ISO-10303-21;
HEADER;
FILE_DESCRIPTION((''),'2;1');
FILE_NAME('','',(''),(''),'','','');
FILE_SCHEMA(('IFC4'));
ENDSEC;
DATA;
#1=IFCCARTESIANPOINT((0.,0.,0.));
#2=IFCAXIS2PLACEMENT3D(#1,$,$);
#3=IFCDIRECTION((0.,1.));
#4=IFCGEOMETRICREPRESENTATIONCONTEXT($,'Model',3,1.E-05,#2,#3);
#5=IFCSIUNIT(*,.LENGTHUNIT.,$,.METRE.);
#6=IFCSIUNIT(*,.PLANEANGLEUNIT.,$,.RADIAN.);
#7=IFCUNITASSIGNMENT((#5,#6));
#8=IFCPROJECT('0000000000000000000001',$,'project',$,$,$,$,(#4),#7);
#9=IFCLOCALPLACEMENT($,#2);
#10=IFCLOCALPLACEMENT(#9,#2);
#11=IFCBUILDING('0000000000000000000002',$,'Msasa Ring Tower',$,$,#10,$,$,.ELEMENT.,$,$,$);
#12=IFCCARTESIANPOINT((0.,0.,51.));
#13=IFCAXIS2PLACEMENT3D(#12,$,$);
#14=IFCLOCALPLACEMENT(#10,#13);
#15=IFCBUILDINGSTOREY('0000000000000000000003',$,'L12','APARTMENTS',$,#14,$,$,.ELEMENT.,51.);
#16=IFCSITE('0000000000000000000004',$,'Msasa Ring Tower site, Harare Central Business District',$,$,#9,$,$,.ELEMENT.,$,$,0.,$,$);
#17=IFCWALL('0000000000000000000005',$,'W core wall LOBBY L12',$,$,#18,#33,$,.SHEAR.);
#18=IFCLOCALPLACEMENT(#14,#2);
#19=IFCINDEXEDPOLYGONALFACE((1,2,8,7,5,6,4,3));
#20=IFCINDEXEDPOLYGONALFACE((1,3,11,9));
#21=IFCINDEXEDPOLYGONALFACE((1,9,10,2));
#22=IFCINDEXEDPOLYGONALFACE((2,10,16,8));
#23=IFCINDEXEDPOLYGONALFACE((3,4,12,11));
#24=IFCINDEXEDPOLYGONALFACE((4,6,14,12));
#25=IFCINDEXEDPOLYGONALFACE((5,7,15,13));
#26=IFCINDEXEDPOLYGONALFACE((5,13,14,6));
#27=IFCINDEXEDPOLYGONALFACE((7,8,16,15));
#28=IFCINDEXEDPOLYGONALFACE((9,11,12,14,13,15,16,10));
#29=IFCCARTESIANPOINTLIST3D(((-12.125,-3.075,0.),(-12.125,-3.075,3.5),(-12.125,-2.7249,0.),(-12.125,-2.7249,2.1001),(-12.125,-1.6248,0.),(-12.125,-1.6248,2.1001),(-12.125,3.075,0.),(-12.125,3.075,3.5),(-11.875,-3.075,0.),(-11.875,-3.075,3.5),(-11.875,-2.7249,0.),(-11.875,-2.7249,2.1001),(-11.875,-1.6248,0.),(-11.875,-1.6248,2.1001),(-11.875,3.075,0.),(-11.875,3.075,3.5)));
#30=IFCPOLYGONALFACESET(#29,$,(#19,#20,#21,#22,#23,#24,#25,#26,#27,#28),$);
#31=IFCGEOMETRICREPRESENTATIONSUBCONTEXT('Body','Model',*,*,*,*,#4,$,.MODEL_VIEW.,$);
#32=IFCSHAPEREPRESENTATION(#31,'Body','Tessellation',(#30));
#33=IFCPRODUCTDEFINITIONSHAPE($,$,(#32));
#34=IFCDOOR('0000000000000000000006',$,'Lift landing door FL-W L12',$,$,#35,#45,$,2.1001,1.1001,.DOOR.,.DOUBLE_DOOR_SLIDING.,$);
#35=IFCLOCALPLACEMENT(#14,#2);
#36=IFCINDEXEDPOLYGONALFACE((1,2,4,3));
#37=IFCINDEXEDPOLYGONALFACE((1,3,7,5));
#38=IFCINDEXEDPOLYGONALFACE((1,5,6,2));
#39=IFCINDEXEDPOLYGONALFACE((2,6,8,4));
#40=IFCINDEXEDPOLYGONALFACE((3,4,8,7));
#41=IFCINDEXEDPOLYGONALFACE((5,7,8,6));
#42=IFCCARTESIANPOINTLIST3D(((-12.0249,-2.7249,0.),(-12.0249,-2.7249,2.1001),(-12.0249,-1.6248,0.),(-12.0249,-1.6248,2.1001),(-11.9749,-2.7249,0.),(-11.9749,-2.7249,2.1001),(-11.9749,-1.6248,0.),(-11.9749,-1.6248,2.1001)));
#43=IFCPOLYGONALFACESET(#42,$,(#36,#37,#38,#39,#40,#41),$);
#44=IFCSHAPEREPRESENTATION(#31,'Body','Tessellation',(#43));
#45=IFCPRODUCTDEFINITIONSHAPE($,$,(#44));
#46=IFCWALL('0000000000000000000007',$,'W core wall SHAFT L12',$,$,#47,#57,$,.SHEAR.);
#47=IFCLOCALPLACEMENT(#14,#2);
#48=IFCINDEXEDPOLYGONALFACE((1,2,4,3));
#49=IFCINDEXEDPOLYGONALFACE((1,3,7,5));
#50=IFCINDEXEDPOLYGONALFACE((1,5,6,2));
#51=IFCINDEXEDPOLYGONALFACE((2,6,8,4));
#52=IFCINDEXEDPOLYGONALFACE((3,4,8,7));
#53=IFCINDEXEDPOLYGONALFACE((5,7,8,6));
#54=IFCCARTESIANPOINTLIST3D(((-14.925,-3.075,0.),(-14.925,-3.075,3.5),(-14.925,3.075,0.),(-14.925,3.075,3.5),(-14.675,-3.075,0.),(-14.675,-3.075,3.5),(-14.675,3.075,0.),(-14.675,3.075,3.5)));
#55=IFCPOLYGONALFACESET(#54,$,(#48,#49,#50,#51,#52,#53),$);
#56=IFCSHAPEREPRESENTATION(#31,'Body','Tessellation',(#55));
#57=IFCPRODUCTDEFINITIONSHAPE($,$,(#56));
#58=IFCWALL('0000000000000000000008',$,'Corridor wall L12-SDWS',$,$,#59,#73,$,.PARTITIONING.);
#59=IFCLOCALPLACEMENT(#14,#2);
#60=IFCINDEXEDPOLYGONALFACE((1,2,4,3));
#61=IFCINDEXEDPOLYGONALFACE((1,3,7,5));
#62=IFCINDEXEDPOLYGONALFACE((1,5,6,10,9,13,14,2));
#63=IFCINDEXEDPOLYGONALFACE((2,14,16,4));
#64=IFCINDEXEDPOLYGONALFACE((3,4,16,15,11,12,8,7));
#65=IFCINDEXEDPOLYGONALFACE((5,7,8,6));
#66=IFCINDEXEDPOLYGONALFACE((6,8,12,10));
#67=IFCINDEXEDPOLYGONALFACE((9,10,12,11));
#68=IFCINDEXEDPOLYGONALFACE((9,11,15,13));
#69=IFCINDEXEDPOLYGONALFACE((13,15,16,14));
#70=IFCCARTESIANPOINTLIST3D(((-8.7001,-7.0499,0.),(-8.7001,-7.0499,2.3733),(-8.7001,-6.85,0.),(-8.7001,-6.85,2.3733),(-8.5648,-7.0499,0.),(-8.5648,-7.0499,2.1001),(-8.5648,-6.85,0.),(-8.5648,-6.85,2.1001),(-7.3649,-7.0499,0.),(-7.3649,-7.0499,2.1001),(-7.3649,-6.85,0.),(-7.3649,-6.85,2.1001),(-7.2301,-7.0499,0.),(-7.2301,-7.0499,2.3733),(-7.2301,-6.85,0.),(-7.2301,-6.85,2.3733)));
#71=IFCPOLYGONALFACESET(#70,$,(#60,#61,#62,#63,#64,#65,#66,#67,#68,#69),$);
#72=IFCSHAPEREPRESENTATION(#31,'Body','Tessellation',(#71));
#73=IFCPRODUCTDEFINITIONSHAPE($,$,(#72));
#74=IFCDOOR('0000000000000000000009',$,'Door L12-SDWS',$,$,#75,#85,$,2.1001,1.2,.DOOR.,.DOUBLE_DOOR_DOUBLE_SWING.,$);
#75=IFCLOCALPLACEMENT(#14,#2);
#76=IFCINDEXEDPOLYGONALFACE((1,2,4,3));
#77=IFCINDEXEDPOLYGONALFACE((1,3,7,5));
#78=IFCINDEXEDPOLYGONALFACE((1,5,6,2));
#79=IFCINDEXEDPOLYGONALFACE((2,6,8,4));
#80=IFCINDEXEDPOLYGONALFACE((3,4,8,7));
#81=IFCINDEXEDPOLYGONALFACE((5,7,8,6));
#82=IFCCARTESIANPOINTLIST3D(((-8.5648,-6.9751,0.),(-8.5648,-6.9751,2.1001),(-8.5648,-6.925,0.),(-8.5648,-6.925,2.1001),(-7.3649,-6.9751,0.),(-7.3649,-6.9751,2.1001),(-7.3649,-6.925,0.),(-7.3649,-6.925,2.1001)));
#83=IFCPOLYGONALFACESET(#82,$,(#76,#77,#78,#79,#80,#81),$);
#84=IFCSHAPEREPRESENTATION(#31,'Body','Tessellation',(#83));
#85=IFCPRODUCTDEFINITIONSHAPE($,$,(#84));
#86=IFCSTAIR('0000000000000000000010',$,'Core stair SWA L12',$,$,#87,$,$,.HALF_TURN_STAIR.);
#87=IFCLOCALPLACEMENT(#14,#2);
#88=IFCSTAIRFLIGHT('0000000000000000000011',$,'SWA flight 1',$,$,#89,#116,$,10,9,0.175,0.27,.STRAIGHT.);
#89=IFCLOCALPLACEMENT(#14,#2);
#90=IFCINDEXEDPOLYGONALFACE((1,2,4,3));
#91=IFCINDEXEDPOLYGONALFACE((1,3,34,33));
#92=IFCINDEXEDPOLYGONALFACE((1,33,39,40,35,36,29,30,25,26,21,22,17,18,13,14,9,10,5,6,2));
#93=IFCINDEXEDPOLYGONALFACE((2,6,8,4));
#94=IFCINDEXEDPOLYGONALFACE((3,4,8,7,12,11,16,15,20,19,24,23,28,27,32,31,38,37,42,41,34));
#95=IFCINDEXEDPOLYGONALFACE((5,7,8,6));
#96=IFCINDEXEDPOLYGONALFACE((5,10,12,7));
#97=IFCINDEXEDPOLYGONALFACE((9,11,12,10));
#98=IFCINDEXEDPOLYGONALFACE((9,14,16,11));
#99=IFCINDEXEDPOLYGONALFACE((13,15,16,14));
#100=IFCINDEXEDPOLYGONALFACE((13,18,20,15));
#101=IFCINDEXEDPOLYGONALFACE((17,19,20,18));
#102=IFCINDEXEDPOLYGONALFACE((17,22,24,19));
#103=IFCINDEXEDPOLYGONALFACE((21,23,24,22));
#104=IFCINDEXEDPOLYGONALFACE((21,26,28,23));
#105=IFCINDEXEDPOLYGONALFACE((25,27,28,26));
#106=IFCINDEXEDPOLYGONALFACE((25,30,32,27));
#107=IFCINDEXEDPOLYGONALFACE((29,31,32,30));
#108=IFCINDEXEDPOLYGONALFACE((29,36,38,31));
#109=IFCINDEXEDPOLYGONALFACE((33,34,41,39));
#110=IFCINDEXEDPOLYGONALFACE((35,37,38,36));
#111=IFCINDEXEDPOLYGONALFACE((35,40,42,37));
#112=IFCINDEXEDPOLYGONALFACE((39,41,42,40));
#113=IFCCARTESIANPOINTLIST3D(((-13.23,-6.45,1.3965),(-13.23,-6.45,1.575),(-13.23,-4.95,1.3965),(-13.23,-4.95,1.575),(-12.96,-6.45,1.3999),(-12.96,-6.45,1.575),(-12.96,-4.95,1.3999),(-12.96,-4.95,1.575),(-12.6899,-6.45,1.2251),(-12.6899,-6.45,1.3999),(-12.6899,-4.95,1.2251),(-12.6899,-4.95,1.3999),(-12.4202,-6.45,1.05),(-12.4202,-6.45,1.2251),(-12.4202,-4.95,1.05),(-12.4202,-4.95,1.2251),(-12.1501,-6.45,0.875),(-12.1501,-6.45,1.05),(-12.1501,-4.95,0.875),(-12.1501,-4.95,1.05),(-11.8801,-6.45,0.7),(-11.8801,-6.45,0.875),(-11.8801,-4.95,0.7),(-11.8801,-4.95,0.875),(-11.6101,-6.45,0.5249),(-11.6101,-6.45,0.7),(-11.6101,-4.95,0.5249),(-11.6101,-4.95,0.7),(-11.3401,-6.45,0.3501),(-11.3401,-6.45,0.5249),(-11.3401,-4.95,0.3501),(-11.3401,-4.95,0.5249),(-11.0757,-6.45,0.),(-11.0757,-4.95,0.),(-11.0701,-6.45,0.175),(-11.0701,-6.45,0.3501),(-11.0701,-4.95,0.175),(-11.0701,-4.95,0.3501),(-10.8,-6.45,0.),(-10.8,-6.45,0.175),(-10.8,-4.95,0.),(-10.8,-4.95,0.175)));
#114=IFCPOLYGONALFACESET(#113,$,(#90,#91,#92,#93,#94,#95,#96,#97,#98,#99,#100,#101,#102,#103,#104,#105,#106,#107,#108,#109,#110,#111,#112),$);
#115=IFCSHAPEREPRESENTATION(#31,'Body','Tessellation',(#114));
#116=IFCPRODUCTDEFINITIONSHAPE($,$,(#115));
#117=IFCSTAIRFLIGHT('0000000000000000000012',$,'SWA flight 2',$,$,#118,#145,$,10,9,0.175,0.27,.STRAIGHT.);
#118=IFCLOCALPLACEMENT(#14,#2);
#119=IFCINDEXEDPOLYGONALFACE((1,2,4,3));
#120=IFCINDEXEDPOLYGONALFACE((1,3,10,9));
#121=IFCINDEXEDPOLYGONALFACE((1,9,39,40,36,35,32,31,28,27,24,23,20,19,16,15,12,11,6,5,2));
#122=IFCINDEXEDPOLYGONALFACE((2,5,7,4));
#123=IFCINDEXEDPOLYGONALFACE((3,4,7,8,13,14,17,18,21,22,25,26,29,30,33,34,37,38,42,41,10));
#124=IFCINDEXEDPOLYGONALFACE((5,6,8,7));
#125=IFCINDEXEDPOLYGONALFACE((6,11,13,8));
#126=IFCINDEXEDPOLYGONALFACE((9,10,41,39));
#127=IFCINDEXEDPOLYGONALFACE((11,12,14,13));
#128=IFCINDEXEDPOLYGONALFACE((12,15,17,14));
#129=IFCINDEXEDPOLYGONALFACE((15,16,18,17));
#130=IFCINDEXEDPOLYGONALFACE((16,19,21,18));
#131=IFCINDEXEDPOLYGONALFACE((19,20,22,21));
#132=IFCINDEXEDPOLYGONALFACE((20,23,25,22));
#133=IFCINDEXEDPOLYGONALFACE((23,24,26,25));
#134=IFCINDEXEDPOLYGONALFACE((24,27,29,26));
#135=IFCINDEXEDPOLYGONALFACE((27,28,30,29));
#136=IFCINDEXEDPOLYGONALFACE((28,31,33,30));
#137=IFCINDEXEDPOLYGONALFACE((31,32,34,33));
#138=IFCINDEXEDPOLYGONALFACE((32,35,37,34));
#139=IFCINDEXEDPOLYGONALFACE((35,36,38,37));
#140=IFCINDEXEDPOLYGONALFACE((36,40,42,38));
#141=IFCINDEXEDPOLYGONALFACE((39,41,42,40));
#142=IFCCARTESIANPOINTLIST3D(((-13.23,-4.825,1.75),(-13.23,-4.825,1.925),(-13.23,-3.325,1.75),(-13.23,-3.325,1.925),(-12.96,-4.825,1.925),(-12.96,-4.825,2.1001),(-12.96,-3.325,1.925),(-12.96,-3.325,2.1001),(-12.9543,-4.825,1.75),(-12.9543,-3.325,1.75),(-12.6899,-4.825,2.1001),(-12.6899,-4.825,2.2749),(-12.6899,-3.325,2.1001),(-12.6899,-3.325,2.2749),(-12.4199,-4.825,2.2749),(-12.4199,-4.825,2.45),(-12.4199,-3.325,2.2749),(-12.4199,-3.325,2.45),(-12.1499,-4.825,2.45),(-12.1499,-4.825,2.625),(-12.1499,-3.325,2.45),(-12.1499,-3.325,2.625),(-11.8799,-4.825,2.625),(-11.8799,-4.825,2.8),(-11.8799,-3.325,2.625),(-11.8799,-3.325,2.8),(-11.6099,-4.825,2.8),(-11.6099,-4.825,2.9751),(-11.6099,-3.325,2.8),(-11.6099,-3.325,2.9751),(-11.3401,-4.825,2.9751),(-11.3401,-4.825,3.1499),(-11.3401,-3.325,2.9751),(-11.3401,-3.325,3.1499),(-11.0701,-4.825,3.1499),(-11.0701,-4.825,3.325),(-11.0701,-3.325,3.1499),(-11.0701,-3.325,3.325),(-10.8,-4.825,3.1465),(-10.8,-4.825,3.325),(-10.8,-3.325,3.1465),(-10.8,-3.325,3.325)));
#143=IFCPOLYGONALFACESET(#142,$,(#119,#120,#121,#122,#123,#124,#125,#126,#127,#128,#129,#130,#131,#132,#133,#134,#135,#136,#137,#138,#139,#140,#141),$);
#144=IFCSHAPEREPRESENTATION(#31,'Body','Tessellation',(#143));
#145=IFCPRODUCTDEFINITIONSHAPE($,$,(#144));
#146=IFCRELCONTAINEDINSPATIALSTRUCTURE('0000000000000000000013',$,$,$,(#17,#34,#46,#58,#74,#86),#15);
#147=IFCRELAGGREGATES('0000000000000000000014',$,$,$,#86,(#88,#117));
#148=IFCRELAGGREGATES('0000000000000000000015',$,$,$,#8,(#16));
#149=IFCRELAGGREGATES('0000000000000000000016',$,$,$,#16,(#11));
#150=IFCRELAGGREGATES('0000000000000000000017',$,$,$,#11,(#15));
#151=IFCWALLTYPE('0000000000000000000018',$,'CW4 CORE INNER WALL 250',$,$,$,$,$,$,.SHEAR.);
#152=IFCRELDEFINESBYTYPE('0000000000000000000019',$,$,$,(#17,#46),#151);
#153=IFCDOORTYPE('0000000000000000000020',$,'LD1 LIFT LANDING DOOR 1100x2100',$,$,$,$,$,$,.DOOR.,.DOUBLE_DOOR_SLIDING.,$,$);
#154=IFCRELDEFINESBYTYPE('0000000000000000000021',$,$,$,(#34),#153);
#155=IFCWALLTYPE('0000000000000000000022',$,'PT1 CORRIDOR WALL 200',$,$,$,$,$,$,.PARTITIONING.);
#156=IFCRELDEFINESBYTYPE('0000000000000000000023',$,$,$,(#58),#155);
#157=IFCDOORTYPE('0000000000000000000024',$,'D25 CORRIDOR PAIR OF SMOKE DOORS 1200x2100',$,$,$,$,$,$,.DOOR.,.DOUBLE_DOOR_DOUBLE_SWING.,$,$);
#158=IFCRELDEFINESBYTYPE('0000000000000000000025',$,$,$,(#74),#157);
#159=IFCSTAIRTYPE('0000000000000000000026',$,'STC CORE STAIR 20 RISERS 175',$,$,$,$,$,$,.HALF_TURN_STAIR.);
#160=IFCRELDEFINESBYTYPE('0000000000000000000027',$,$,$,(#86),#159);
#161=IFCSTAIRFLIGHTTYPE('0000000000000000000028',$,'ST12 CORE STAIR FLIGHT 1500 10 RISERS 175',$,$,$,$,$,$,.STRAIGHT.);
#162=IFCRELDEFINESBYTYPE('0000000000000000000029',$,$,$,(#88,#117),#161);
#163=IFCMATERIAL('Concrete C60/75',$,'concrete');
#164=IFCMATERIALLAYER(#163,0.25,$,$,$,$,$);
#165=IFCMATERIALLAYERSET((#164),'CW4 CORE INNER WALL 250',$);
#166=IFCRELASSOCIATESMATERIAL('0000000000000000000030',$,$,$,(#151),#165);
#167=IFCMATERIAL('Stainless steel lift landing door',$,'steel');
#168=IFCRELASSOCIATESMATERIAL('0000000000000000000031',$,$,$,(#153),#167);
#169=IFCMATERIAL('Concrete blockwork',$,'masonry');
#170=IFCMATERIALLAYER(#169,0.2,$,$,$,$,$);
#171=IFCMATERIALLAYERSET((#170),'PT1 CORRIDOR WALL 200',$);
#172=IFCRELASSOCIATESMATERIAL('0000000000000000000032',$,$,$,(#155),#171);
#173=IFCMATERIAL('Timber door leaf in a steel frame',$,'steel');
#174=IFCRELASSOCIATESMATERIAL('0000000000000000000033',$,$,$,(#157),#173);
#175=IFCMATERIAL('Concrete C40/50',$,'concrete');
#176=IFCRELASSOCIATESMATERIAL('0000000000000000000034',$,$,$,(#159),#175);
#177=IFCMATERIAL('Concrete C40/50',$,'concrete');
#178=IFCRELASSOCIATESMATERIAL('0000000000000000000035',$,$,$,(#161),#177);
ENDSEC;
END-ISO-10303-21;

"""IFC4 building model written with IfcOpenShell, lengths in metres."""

from ifc_helpers import new_model, si_unit, direction, frame, frame_2d, origin, place, context, subcontext, project, spatial, polyline, rectangle, outline, extrude, material, layer, layer_set, type_object, element, fill, aggregate, save


model = new_model("IFC4")

# Units and contexts
model_context = context("Model", 3, precision=1e-05, world=origin(), true_north=direction((0.0, 1.0)))
body_context = subcontext(model_context, "Body", "Model", "MODEL_VIEW")
ifc_project = project(units=[si_unit("LENGTHUNIT", "METRE"), si_unit("PLANEANGLEUNIT", "RADIAN")], contexts=[model_context])

# Site, building, storey
site_placement = place(None, origin())
site = spatial("IfcSite", under=ifc_project, at=site_placement, Name="Msasa Ring Tower site, Harare Central Business District", CompositionType="ELEMENT", RefElevation=0.0)
building_placement = place(site_placement, origin())
building = spatial("IfcBuilding", under=site, at=building_placement, Name="Msasa Ring Tower", CompositionType="ELEMENT")
storey_placement = place(building_placement, frame((0.0, 0.0, 51.0)))
storey = spatial("IfcBuildingStorey", under=building, at=storey_placement, Name="L12", Description="APARTMENTS", CompositionType="ELEMENT", Elevation=51.0)

# Wall, opening, door
ifc_material_1 = material(Name="Concrete C60/75", Category="concrete")
ifc_layer_1 = layer(ifc_material_1, 0.25)
ifc_layer_set_1 = layer_set([ifc_layer_1], Name="CW4 CORE INNER WALL 250")
wall_type_1 = type_object("IfcWallType", Name="CW4 CORE INNER WALL 250", PredefinedType="SHEAR", material=ifc_layer_set_1)
wall_1_placement = place(storey_placement, frame((-12.0, -3.075, 0.0), z_axis=(0.0, 0.0, 1.0), x_axis=(0.0, 1.0, 0.0)))
wall_1 = element("IfcWall", 1, at=wall_1_placement, inside=storey, type_object=wall_type_1, Name="W core wall LOBBY L12", PredefinedType="SHEAR", context=body_context, shape_type="SweptSolid", body=[
    extrude(rectangle(XDim=6.1499, YDim=0.25, at=frame_2d((3.075, 0.0))), origin(), (0.0, 0.0, 1.0), 3.5),
])
opening_1_placement = place(wall_1_placement, frame((0.3501, 0.0, 0.0)))
opening_1 = element("IfcOpeningElement", 2, at=opening_1_placement, cuts=wall_1, PredefinedType="OPENING", context=body_context, shape_type="SweptSolid", body=[
    extrude(rectangle(XDim=1.1001, YDim=2.1001, at=frame_2d((0.55, 1.05))), frame((0.0, 0.135, 0.0), z_axis=(0.0, -1.0, 0.0), x_axis=(1.0, 0.0, 0.0)), (0.0, 0.0, 1.0), 0.27),
])
ifc_material_2 = material(Name="Stainless steel lift landing door", Category="steel")
door_type_1 = type_object("IfcDoorType", Name="LD1 LIFT LANDING DOOR 1100x2100", OperationType="DOUBLE_DOOR_SLIDING", PredefinedType="DOOR", material=ifc_material_2)
door_1_placement = place(opening_1_placement, origin())
door_1 = element("IfcDoor", 3, at=door_1_placement, inside=storey, type_object=door_type_1, Name="Lift landing door FL-W L12", OperationType="DOUBLE_DOOR_SLIDING", OverallHeight=2.1001, OverallWidth=1.1001, PredefinedType="DOOR", context=body_context, shape_type="SweptSolid", body=[
    extrude(rectangle(XDim=1.1001, YDim=2.1001, at=frame_2d((0.55, 1.05))), frame((0.0, 0.0249, 0.0), z_axis=(0.0, -1.0, 0.0), x_axis=(1.0, 0.0, 0.0)), (0.0, 0.0, 1.0), 0.05),
])
fill(opening_1, door_1)

# Wall
wall_2_placement = place(storey_placement, frame((-14.8, -3.075, 0.0), z_axis=(0.0, 0.0, 1.0), x_axis=(0.0, 1.0, 0.0)))
element("IfcWall", 4, at=wall_2_placement, inside=storey, type_object=wall_type_1, Name="W core wall SHAFT L12", PredefinedType="SHEAR", context=body_context, shape_type="SweptSolid", body=[
    extrude(rectangle(XDim=6.1499, YDim=0.25, at=frame_2d((3.075, 0.0))), origin(), (0.0, 0.0, 1.0), 3.5),
])

# Wall, opening, door
ifc_material_3 = material(Name="Concrete blockwork", Category="masonry")
ifc_layer_2 = layer(ifc_material_3, 0.2)
ifc_layer_set_2 = layer_set([ifc_layer_2], Name="PT1 CORRIDOR WALL 200")
wall_type_2 = type_object("IfcWallType", Name="PT1 CORRIDOR WALL 200", PredefinedType="PARTITIONING", material=ifc_layer_set_2)
wall_3_placement = place(storey_placement, frame((-8.7, -6.95, 0.0), z_axis=(0.0, 0.0, 1.0), x_axis=(1.0, 0.0, 0.0)))
wall_3 = element("IfcWall", 5, at=wall_3_placement, inside=storey, type_object=wall_type_2, Name="Corridor wall L12-SDWS", PredefinedType="PARTITIONING", context=body_context, shape_type="SweptSolid", body=[
    extrude(rectangle(XDim=1.47, YDim=0.2, at=frame_2d((0.7349, 0.0))), origin(), (0.0, 0.0, 1.0), 2.3733),
])
opening_2_placement = place(wall_3_placement, frame((0.135, 0.0, 0.0)))
opening_2 = element("IfcOpeningElement", 6, at=opening_2_placement, cuts=wall_3, PredefinedType="OPENING", context=body_context, shape_type="SweptSolid", body=[
    extrude(rectangle(XDim=1.2, YDim=2.1001, at=frame_2d((0.6001, 1.05))), frame((0.0, 0.1099, 0.0), z_axis=(0.0, -1.0, 0.0), x_axis=(1.0, 0.0, 0.0)), (0.0, 0.0, 1.0), 0.22),
])
ifc_material_4 = material(Name="Timber door leaf in a steel frame", Category="steel")
door_type_2 = type_object("IfcDoorType", Name="D25 CORRIDOR PAIR OF SMOKE DOORS 1200x2100", OperationType="DOUBLE_DOOR_DOUBLE_SWING", PredefinedType="DOOR", material=ifc_material_4)
door_2_placement = place(opening_2_placement, origin())
door_2 = element("IfcDoor", 7, at=door_2_placement, inside=storey, type_object=door_type_2, Name="Door L12-SDWS", OperationType="DOUBLE_DOOR_DOUBLE_SWING", OverallHeight=2.1001, OverallWidth=1.2, PredefinedType="DOOR", context=body_context, shape_type="SweptSolid", body=[
    extrude(rectangle(XDim=1.2, YDim=2.1001, at=frame_2d((0.6001, 1.05))), frame((0.0, 0.0249, 0.0), z_axis=(0.0, -1.0, 0.0), x_axis=(1.0, 0.0, 0.0)), (0.0, 0.0, 1.0), 0.05),
])
fill(opening_2, door_2)

# Stair, stair flights
ifc_material_5 = material(Name="Concrete C40/50", Category="concrete")
stair_type = type_object("IfcStairType", Name="STC CORE STAIR 20 RISERS 175", PredefinedType="HALF_TURN_STAIR", material=ifc_material_5)
stair_placement = place(storey_placement, origin())
stair = element("IfcStair", 8, at=stair_placement, inside=storey, type_object=stair_type, Name="Core stair SWA L12", PredefinedType="HALF_TURN_STAIR")
ifc_material_6 = material(Name="Concrete C40/50", Category="concrete")
stair_flight_type = type_object("IfcStairFlightType", Name="ST12 CORE STAIR FLIGHT 1500 10 RISERS 175", PredefinedType="STRAIGHT", material=ifc_material_6)
stair_flight_1_placement = place(storey_placement, frame((-10.8, -5.7, 0.0), z_axis=(0.0, 0.0, 1.0), x_axis=(-1.0, 0.0, 0.0)))
stair_flight_1 = element("IfcStairFlight", 9, at=stair_flight_1_placement, type_object=stair_flight_type, Name="SWA flight 1", NumberOfRisers=10, NumberOfTreads=9, PredefinedType="STRAIGHT", RiserHeight=0.175, TreadLength=0.27, context=body_context, shape_type="SweptSolid", body=[
    extrude(outline(polyline([(0.0, 0.0), (0.0, 0.175), (0.27, 0.175), (0.27, 0.3501), (0.54, 0.3501), (0.54, 0.5249), (0.8101, 0.5249), (0.8101, 0.7), (1.0801, 0.7), (1.0801, 0.875), (1.3501, 0.875), (1.3501, 1.05), (1.6201, 1.05), (1.6201, 1.2251), (1.8899, 1.2251), (1.8899, 1.3999), (2.1599, 1.3999), (2.1599, 1.575), (2.4299, 1.575), (2.4299, 1.75), (2.4299, 1.3965), (0.2756, 0.0), (0.0, 0.0)])), frame((0.0, 0.75, 0.0), z_axis=(0.0, -1.0, 0.0), x_axis=(1.0, 0.0, 0.0)), (0.0, 0.0, 1.0), 1.5),
])
stair_flight_2_placement = place(storey_placement, frame((-13.23, -4.075, 1.75), z_axis=(0.0, 0.0, 1.0), x_axis=(1.0, 0.0, 0.0)))
stair_flight_2 = element("IfcStairFlight", 10, at=stair_flight_2_placement, type_object=stair_flight_type, Name="SWA flight 2", NumberOfRisers=10, NumberOfTreads=9, PredefinedType="STRAIGHT", RiserHeight=0.175, TreadLength=0.27, context=body_context, shape_type="SweptSolid", body=[
    extrude(outline(polyline([(0.0, 0.0), (0.0, 0.175), (0.27, 0.175), (0.27, 0.3501), (0.54, 0.3501), (0.54, 0.5249), (0.8101, 0.5249), (0.8101, 0.7), (1.0801, 0.7), (1.0801, 0.875), (1.3501, 0.875), (1.3501, 1.05), (1.6201, 1.05), (1.6201, 1.2251), (1.8899, 1.2251), (1.8899, 1.3999), (2.1599, 1.3999), (2.1599, 1.575), (2.4299, 1.575), (2.4299, 1.75), (2.4299, 1.3965), (0.2756, 0.0), (0.0, 0.0)])), frame((0.0, 0.75, 0.0), z_axis=(0.0, -1.0, 0.0), x_axis=(1.0, 0.0, 0.0)), (0.0, 0.0, 1.0), 1.5),
])
aggregate(stair, [stair_flight_1, stair_flight_2])

save(model, "model.ifc")
